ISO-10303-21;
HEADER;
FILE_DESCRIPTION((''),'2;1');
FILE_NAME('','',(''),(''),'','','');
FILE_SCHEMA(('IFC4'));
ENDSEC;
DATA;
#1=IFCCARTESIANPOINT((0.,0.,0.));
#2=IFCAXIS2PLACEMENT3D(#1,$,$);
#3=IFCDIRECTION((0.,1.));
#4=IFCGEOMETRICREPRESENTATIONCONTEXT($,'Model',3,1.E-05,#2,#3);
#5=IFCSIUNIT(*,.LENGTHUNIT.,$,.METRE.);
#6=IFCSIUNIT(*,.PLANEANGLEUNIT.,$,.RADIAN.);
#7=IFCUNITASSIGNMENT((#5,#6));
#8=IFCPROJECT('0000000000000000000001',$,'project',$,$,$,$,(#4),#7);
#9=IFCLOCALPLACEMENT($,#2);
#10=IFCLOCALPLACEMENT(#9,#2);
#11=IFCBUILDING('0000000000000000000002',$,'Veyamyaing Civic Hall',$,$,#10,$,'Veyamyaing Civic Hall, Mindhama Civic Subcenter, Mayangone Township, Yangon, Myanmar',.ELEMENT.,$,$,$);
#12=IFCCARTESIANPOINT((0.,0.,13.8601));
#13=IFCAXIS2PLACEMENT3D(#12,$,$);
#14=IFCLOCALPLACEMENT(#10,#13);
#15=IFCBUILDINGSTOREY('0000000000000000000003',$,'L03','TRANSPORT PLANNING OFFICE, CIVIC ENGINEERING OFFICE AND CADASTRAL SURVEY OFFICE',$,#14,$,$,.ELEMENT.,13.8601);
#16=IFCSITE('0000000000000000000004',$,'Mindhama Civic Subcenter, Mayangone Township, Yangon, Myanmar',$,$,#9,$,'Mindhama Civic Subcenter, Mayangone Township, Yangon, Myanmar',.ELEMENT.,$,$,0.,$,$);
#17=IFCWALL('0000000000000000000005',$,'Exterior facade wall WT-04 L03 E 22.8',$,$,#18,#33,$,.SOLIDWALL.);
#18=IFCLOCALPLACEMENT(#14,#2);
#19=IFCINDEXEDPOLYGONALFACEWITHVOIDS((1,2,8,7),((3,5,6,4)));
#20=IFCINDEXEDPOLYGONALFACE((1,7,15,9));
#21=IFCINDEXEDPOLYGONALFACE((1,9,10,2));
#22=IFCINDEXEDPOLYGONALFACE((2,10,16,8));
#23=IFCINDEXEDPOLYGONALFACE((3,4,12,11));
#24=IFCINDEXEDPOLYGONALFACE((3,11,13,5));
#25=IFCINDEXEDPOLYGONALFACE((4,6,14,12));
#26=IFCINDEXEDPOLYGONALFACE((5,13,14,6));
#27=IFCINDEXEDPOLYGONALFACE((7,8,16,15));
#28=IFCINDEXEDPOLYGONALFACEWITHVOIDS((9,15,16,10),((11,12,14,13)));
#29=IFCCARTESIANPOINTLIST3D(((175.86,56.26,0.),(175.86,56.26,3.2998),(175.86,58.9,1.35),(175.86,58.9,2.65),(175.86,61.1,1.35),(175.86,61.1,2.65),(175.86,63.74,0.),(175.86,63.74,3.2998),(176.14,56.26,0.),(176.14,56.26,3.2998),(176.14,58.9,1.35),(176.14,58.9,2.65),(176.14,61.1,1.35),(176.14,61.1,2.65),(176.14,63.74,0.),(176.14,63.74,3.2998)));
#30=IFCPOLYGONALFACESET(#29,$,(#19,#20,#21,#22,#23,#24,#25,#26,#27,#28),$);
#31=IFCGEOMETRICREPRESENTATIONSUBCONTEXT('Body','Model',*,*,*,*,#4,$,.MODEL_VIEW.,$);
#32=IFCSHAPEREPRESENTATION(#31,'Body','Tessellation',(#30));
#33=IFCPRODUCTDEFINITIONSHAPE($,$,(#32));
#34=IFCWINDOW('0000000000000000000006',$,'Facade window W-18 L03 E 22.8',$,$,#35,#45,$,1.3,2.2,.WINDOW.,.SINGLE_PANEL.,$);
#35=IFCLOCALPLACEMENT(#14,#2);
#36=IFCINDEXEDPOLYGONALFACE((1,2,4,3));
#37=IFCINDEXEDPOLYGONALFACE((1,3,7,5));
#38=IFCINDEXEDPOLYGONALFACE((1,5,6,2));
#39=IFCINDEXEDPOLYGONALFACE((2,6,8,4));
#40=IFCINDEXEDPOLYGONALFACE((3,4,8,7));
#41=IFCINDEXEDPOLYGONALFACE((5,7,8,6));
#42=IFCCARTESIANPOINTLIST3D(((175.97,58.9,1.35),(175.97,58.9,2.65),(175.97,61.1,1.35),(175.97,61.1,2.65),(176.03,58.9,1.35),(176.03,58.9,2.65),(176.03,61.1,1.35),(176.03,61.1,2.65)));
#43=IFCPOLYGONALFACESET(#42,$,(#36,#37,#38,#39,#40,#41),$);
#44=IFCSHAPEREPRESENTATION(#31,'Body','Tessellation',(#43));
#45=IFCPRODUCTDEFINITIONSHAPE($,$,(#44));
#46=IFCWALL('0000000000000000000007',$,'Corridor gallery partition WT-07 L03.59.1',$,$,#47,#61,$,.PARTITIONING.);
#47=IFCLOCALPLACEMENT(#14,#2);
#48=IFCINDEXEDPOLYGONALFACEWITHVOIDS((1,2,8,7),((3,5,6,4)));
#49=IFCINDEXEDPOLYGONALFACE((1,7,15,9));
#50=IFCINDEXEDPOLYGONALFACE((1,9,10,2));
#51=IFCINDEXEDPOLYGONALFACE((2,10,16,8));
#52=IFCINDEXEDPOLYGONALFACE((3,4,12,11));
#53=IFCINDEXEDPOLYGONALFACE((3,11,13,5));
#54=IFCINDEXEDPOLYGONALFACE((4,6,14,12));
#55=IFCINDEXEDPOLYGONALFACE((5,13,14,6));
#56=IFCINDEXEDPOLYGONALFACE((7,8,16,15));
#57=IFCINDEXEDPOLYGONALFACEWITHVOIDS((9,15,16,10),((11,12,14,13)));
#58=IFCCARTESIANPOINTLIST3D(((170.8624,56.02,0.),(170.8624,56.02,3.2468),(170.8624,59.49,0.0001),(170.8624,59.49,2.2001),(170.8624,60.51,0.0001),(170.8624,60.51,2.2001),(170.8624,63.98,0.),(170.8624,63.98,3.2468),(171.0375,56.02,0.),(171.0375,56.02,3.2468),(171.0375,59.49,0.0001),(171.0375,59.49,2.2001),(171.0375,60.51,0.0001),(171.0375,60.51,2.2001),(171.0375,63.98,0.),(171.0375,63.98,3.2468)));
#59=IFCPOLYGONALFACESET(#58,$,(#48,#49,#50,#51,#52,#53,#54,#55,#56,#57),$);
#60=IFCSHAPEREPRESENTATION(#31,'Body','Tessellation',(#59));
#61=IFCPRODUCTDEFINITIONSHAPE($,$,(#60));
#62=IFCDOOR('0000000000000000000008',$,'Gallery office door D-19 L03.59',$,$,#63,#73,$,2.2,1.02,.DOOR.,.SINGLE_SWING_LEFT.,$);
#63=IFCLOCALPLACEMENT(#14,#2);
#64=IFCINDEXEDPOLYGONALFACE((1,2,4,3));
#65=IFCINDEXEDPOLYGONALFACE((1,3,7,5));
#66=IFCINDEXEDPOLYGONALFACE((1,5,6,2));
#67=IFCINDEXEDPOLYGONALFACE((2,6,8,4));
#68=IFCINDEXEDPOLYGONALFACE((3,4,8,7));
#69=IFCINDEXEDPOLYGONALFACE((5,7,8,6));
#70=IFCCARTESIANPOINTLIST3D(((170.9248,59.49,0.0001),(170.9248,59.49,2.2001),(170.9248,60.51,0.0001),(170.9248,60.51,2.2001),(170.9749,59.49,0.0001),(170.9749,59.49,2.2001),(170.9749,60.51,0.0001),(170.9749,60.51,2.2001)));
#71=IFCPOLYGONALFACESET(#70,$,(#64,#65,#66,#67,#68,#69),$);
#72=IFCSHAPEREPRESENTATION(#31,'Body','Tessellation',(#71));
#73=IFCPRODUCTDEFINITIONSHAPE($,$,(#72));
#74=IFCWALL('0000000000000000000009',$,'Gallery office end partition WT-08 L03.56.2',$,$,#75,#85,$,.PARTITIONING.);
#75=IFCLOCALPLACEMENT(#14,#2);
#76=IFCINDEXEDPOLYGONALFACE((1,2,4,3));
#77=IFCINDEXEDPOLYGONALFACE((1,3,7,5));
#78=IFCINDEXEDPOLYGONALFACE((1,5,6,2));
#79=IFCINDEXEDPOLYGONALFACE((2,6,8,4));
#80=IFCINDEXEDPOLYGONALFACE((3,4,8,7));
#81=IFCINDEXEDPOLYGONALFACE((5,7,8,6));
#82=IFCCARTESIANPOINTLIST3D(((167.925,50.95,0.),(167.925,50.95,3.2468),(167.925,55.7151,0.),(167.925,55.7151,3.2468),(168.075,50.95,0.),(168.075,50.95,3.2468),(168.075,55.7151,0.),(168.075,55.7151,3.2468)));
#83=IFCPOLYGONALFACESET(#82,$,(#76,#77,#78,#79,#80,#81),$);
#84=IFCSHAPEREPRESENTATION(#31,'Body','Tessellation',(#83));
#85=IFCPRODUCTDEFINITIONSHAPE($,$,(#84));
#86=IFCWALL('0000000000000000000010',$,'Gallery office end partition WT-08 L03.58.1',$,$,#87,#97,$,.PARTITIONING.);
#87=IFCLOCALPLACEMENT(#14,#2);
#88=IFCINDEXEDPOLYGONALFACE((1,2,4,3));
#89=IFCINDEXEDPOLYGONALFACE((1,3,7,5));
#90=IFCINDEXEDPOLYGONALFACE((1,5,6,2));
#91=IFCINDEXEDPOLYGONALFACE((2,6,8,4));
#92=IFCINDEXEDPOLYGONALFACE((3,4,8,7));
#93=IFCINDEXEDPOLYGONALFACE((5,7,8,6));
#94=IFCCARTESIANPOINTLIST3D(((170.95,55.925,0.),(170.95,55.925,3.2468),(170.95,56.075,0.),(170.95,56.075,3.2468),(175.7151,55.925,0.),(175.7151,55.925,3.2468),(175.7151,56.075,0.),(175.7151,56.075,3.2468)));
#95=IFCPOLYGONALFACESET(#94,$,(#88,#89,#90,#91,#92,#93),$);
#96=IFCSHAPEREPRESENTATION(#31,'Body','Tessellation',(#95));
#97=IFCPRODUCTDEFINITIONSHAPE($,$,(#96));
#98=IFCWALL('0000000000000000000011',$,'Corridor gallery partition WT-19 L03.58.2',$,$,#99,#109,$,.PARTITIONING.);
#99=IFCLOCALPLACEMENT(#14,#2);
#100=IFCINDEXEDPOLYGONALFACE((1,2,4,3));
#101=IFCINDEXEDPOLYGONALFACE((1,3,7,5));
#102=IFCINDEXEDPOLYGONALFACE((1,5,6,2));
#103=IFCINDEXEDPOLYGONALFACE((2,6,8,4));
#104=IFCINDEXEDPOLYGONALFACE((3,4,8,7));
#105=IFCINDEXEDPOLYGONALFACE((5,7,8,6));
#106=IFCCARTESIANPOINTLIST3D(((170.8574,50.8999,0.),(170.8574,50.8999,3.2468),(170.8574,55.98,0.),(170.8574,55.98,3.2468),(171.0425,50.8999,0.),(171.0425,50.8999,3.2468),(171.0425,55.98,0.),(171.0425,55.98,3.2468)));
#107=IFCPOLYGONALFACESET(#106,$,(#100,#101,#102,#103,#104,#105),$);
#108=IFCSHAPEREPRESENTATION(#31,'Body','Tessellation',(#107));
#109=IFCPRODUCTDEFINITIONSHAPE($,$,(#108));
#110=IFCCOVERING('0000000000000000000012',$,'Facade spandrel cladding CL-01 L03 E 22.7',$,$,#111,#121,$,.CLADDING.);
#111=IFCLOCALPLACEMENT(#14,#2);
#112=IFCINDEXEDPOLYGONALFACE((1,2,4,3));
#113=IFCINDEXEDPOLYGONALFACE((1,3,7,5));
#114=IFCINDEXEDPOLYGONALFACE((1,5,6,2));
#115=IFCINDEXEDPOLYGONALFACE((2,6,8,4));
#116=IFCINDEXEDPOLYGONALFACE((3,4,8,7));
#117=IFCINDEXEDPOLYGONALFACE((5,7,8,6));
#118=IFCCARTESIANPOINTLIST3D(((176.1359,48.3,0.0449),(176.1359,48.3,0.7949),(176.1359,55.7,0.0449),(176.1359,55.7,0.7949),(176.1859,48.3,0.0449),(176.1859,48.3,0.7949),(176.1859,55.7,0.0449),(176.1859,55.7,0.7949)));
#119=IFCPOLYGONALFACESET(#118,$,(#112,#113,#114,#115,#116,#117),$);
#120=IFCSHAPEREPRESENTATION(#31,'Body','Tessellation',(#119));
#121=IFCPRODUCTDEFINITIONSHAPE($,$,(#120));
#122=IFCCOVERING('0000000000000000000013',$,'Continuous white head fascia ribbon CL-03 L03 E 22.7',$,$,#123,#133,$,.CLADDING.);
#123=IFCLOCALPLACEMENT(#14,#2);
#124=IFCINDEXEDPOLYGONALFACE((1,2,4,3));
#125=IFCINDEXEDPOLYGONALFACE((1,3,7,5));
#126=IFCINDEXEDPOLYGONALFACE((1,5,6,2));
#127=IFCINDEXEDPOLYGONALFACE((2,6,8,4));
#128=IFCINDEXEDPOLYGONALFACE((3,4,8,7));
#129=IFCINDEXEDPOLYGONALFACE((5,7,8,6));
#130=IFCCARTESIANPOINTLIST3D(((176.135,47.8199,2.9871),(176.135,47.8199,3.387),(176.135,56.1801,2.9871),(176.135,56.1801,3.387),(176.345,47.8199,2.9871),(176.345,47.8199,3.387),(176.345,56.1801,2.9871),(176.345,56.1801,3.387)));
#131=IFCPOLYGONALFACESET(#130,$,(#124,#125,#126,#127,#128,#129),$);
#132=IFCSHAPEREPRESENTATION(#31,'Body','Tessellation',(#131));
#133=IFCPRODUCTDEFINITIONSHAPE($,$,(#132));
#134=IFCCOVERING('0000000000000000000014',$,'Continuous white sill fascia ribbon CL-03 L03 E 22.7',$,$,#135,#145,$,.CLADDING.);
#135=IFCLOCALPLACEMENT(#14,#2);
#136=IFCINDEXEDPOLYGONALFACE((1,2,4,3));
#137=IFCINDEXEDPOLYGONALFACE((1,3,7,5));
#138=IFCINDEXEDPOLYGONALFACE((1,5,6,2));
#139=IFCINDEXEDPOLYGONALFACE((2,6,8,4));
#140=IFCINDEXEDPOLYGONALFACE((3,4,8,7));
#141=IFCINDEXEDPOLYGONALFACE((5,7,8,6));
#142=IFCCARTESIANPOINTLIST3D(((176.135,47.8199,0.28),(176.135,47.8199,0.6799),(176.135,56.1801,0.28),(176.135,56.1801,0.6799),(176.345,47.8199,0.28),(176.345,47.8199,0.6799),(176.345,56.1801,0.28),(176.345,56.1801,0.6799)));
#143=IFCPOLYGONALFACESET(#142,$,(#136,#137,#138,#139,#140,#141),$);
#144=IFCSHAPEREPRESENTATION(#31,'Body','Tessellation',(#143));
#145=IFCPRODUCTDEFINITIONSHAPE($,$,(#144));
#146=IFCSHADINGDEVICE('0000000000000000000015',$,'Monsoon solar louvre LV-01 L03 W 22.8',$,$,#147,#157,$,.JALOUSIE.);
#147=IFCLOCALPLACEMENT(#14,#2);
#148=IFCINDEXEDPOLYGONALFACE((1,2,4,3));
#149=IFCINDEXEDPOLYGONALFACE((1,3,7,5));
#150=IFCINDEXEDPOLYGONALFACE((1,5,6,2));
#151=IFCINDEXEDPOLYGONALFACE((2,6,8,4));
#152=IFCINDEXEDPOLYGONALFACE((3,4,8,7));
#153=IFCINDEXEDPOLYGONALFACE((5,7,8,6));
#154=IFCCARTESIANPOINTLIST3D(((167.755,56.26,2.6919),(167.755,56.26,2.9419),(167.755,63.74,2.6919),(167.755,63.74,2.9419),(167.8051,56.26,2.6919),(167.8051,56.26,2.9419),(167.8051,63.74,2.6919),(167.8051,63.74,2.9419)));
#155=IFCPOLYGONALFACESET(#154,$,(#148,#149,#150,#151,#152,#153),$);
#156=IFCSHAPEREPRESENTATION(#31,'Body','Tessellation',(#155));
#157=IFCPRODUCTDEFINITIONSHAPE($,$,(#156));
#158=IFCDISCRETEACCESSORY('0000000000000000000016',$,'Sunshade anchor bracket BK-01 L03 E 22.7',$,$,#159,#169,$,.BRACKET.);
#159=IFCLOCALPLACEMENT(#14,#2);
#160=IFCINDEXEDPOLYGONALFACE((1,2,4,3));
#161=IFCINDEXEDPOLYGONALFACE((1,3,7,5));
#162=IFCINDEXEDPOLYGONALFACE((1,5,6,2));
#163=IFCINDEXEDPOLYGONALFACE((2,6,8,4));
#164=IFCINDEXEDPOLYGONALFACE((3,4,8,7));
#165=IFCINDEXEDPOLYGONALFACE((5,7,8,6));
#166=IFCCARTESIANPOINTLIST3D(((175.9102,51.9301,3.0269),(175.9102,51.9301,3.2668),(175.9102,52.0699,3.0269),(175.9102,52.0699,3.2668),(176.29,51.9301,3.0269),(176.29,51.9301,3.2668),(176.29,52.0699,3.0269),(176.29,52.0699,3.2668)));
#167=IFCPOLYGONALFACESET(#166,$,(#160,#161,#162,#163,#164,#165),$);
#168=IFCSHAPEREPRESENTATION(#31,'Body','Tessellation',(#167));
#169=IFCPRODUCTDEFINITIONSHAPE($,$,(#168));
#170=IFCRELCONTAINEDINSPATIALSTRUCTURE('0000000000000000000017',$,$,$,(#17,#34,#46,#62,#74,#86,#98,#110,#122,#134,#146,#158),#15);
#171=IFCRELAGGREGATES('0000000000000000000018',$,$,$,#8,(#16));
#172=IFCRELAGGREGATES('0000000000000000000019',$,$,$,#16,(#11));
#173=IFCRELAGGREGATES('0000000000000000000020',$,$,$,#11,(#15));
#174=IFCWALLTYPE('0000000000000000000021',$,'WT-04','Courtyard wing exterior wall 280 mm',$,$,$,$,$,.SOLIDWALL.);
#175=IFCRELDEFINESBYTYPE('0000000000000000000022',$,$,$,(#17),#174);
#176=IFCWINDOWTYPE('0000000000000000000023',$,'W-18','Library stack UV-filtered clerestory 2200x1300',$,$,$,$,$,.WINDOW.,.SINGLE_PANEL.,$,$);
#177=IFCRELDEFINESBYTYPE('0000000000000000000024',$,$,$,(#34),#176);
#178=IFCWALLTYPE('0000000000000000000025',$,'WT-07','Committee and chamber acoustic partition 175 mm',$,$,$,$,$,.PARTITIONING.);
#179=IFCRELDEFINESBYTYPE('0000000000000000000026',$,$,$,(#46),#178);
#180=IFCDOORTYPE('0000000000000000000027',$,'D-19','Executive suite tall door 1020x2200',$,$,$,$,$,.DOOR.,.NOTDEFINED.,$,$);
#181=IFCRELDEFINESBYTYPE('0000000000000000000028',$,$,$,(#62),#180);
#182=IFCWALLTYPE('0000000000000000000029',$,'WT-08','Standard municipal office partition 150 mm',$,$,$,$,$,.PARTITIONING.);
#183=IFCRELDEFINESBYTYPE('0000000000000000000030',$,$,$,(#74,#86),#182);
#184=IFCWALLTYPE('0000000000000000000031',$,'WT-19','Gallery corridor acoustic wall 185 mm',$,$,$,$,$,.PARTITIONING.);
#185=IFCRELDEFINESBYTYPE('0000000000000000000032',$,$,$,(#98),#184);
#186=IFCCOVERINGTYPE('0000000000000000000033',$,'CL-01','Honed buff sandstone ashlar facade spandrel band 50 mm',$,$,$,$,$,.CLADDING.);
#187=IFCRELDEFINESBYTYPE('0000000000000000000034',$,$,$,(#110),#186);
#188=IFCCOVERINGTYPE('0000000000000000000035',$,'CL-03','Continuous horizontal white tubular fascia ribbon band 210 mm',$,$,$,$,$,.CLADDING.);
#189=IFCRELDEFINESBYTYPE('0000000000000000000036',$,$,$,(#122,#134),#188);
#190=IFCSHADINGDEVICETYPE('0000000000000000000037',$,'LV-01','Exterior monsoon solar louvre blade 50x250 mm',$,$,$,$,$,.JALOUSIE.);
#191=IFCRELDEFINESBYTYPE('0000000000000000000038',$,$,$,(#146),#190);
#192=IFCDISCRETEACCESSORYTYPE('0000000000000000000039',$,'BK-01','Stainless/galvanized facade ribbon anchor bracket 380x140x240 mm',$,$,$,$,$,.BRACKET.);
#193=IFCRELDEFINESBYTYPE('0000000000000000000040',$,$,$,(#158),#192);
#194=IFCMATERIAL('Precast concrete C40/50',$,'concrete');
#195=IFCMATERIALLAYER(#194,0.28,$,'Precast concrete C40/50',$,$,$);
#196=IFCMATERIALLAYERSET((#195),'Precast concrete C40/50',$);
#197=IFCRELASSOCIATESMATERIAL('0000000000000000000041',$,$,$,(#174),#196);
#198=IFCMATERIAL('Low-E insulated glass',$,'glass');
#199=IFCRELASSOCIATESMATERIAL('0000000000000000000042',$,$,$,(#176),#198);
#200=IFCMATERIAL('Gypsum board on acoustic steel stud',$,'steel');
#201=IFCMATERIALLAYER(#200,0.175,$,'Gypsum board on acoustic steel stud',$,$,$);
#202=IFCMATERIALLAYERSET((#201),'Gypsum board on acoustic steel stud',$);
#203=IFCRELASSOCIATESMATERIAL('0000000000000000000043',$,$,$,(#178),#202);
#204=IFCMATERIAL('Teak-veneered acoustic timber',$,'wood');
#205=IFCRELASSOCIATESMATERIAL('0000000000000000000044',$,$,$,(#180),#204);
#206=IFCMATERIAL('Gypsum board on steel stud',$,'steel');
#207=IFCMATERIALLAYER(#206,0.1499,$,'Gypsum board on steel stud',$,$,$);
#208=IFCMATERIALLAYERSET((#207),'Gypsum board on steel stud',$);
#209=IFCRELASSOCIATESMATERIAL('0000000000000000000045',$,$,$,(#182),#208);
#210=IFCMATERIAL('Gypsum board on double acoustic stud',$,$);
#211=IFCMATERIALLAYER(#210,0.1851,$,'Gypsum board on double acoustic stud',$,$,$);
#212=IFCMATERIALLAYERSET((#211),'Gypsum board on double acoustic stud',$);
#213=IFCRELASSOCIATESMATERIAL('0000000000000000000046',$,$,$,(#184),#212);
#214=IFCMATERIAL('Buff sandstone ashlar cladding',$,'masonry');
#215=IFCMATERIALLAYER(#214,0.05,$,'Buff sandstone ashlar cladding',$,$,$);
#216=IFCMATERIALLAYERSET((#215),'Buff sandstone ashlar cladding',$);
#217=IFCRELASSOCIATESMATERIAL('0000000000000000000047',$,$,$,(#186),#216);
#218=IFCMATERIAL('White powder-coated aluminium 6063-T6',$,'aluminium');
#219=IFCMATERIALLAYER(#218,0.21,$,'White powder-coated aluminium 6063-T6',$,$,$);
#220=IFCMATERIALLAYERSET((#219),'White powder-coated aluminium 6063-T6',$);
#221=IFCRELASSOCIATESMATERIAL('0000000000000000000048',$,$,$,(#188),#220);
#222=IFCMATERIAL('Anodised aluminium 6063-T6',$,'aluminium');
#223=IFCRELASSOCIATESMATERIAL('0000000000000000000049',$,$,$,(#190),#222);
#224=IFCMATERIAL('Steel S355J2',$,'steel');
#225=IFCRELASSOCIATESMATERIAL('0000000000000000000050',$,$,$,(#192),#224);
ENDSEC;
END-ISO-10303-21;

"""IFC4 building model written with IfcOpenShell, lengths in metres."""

from ifc_helpers import new_model, si_unit, direction, frame, frame_2d, origin, origin_2d, place, context, subcontext, project, spatial, rectangle, extrude, material, layer, layer_set, material_profile, profile_set, type_object, element, fill, save


model = new_model("IFC4")

# Units and contexts
model_context = context("Model", 3, precision=1e-05, world=origin(), true_north=direction((0.0, 1.0)))
body_context = subcontext(model_context, "Body", "Model", "MODEL_VIEW")
ifc_project = project(units=[si_unit("LENGTHUNIT", "METRE"), si_unit("PLANEANGLEUNIT", "RADIAN")], contexts=[model_context])

# Site, building, storey
site_placement = place(None, origin())
site = spatial("IfcSite", under=ifc_project, at=site_placement, Name="Mindhama Civic Subcenter, Mayangone Township, Yangon, Myanmar", LongName="Mindhama Civic Subcenter, Mayangone Township, Yangon, Myanmar", CompositionType="ELEMENT", RefElevation=0.0)
building_placement = place(site_placement, origin())
building = spatial("IfcBuilding", under=site, at=building_placement, Name="Veyamyaing Civic Hall", LongName="Veyamyaing Civic Hall, Mindhama Civic Subcenter, Mayangone Township, Yangon, Myanmar", CompositionType="ELEMENT")
storey_placement = place(building_placement, frame((0.0, 0.0, 13.8601)))
storey = spatial("IfcBuildingStorey", under=building, at=storey_placement, Name="L03", Description="TRANSPORT PLANNING OFFICE, CIVIC ENGINEERING OFFICE AND CADASTRAL SURVEY OFFICE", CompositionType="ELEMENT", Elevation=13.8601)

# Wall, opening, window
ifc_material_1 = material(Name="Precast concrete C40/50", Category="concrete")
ifc_layer_1 = layer(ifc_material_1, 0.28, Name="Precast concrete C40/50")
ifc_layer_set_1 = layer_set([ifc_layer_1], Name="Precast concrete C40/50")
wall_type_1 = type_object("IfcWallType", Name="WT-04", Description="Courtyard wing exterior wall 280 mm", PredefinedType="SOLIDWALL", material=ifc_layer_set_1)
ifc_material_2 = material(Name="Low-E insulated glass", Category="glass")
window_type = type_object("IfcWindowType", Name="W-18", Description="Library stack UV-filtered clerestory 2200x1300", PartitioningType="SINGLE_PANEL", PredefinedType="WINDOW", material=ifc_material_2)
wall_1_placement = place(storey_placement, frame((176.0, 56.26, 0.0), z_axis=(0.0, 0.0, 1.0), x_axis=(0.0, 1.0, 0.0)))
wall_1 = element("IfcWall", 1, at=wall_1_placement, inside=storey, type_object=wall_type_1, Name="Exterior facade wall WT-04 L03 E 22.8", PredefinedType="SOLIDWALL", context=body_context, shape_type="SweptSolid", body=[
    extrude(rectangle(XDim=7.48, YDim=0.28, at=frame_2d((3.74, 0.0))), origin(), (0.0, 0.0, 1.0), 3.2998),
])
opening_1_placement = place(wall_1_placement, frame((2.6399, 0.0, 1.3501)))
opening_1 = element("IfcOpeningElement", 2, at=opening_1_placement, cuts=wall_1, PredefinedType="OPENING", context=body_context, shape_type="SweptSolid", body=[
    extrude(rectangle(XDim=2.2, YDim=1.3, at=frame_2d((1.1001, 0.6499))), frame((0.0, 0.1499, 0.0), z_axis=(0.0, -1.0, 0.0), x_axis=(1.0, 0.0, 0.0)), (0.0, 0.0, 1.0), 0.3),
])
window_1_placement = place(opening_1_placement, origin())
window_1 = element("IfcWindow", 3, at=window_1_placement, inside=storey, type_object=window_type, Name="Facade window W-18 L03 E 22.8", OverallHeight=1.3, OverallWidth=2.2, PartitioningType="SINGLE_PANEL", PredefinedType="WINDOW", context=body_context, shape_type="SweptSolid", body=[
    extrude(rectangle(XDim=2.2, YDim=1.3, at=frame_2d((1.1001, 0.6499))), frame((0.0, 0.03, 0.0), z_axis=(0.0, -1.0, 0.0), x_axis=(1.0, 0.0, 0.0)), (0.0, 0.0, 1.0), 0.0601),
])
fill(opening_1, window_1)

# Wall, opening, door
ifc_material_3 = material(Name="Gypsum board on acoustic steel stud", Category="steel")
ifc_layer_2 = layer(ifc_material_3, 0.175, Name="Gypsum board on acoustic steel stud")
ifc_layer_set_2 = layer_set([ifc_layer_2], Name="Gypsum board on acoustic steel stud")
wall_type_2 = type_object("IfcWallType", Name="WT-07", Description="Committee and chamber acoustic partition 175 mm", PredefinedType="PARTITIONING", material=ifc_layer_set_2)
wall_2_placement = place(storey_placement, frame((170.95, 56.02, 0.0), z_axis=(0.0, 0.0, 1.0), x_axis=(0.0, 1.0, 0.0)))
wall_2 = element("IfcWall", 4, at=wall_2_placement, inside=storey, type_object=wall_type_2, Name="Corridor gallery partition WT-07 L03.59.1", PredefinedType="PARTITIONING", context=body_context, shape_type="SweptSolid", body=[
    extrude(rectangle(XDim=7.96, YDim=0.175, at=frame_2d((3.98, 0.0))), origin(), (0.0, 0.0, 1.0), 3.2468),
])
opening_2_placement = place(wall_2_placement, frame((3.47, 0.0, 0.0)))
opening_2 = element("IfcOpeningElement", 5, at=opening_2_placement, cuts=wall_2, PredefinedType="OPENING", context=body_context, shape_type="SweptSolid", body=[
    extrude(rectangle(XDim=1.02, YDim=2.2, at=frame_2d((0.51, 1.1001))), frame((0.0, 0.0974, 0.0), z_axis=(0.0, -1.0, 0.0), x_axis=(1.0, 0.0, 0.0)), (0.0, 0.0, 1.0), 0.1951),
])
ifc_material_4 = material(Name="Teak-veneered acoustic timber", Category="wood")
door_type_1 = type_object("IfcDoorType", Name="D-19", Description="Executive suite tall door 1020x2200", OperationType="NOTDEFINED", PredefinedType="DOOR", material=ifc_material_4)
door_1_placement = place(opening_2_placement, frame((1.02, 0.0, 0.0), z_axis=(0.0, 0.0, 1.0), x_axis=(-1.0, 0.0, 0.0)))
door_1 = element("IfcDoor", 6, at=door_1_placement, inside=storey, type_object=door_type_1, Name="Gallery office door D-19 L03.59", OperationType="SINGLE_SWING_LEFT", OverallHeight=2.2, OverallWidth=1.02, PredefinedType="DOOR", context=body_context, shape_type="SweptSolid", body=[
    extrude(rectangle(XDim=1.02, YDim=2.2, at=frame_2d((0.51, 1.1001))), frame((0.0, 0.0249, 0.0), z_axis=(0.0, -1.0, 0.0), x_axis=(1.0, 0.0, 0.0)), (0.0, 0.0, 1.0), 0.05),
])
fill(opening_2, door_1)

# Walls
ifc_material_5 = material(Name="Gypsum board on steel stud", Category="steel")
ifc_layer_3 = layer(ifc_material_5, 0.1499, Name="Gypsum board on steel stud")
ifc_layer_set_3 = layer_set([ifc_layer_3], Name="Gypsum board on steel stud")
wall_type_3 = type_object("IfcWallType", Name="WT-08", Description="Standard municipal office partition 150 mm", PredefinedType="PARTITIONING", material=ifc_layer_set_3)
for number, where, z_axis, x_axis, name in (
    (7, (168.0, 50.95, 0.0), (0.0, 0.0, 1.0), (0.0, 1.0, 0.0), "Gallery office end partition WT-08 L03.56.2"),
    (8, (170.95, 56.0, 0.0), (0.0, 0.0, 1.0), (1.0, 0.0, 0.0), "Gallery office end partition WT-08 L03.58.1"),
):
    element("IfcWall", number, at=place(storey_placement, frame(where, z_axis=z_axis, x_axis=x_axis)), inside=storey, type_object=wall_type_3, Name=name, PredefinedType="PARTITIONING", context=body_context, shape_type="SweptSolid", body=[
        extrude(rectangle(XDim=4.7651, YDim=0.1499, at=frame_2d((2.3826, 0.0))), origin(), (0.0, 0.0, 1.0), 3.2468),
    ])

# Shared definitions
ifc_material_6 = material(Name="Gypsum board on double acoustic stud")
ifc_layer_4 = layer(ifc_material_6, 0.1851, Name="Gypsum board on double acoustic stud")
ifc_layer_set_4 = layer_set([ifc_layer_4], Name="Gypsum board on double acoustic stud")
wall_type_4 = type_object("IfcWallType", Name="WT-19", Description="Gallery corridor acoustic wall 185 mm", PredefinedType="PARTITIONING", material=ifc_layer_set_4)

# Wall
wall_3_placement = place(storey_placement, frame((170.95, 50.8999, 0.0), z_axis=(0.0, 0.0, 1.0), x_axis=(0.0, 1.0, 0.0)))
element("IfcWall", 9, at=wall_3_placement, inside=storey, type_object=wall_type_4, Name="Corridor gallery partition WT-19 L03.58.2", PredefinedType="PARTITIONING", context=body_context, shape_type="SweptSolid", body=[
    extrude(rectangle(XDim=5.0801, YDim=0.1851, at=frame_2d((2.54, 0.0))), origin(), (0.0, 0.0, 1.0), 3.2468),
])

# Coverings
ifc_material_7 = material(Name="Buff sandstone ashlar cladding", Category="masonry")
ifc_layer_5 = layer(ifc_material_7, 0.05, Name="Buff sandstone ashlar cladding")
ifc_layer_set_5 = layer_set([ifc_layer_5], Name="Buff sandstone ashlar cladding")
covering_type_1 = type_object("IfcCoveringType", Name="CL-01", Description="Honed buff sandstone ashlar facade spandrel band 50 mm", PredefinedType="CLADDING", material=ifc_layer_set_5)
covering_placement = place(storey_placement, frame((176.1609, 52.0, 0.0449), z_axis=(0.0, 0.0, 1.0), x_axis=(0.0, 1.0, 0.0)))
element("IfcCovering", 10, at=covering_placement, inside=storey, type_object=covering_type_1, Name="Facade spandrel cladding CL-01 L03 E 22.7", PredefinedType="CLADDING", context=body_context, shape_type="SweptSolid", body=[
    extrude(rectangle(XDim=7.3999, YDim=0.05, at=origin_2d()), origin(), (0.0, 0.0, 1.0), 0.75),
])
ifc_material_8 = material(Name="White powder-coated aluminium 6063-T6", Category="aluminium")
ifc_layer_6 = layer(ifc_material_8, 0.21, Name="White powder-coated aluminium 6063-T6")
ifc_layer_set_6 = layer_set([ifc_layer_6], Name="White powder-coated aluminium 6063-T6")
covering_type_2 = type_object("IfcCoveringType", Name="CL-03", Description="Continuous horizontal white tubular fascia ribbon band 210 mm", PredefinedType="CLADDING", material=ifc_layer_set_6)
for number, where, z_axis, x_axis, name in (
    (11, (176.24, 52.0, 2.9871), (0.0, 0.0, 1.0), (0.0, 1.0, 0.0), "Continuous white head fascia ribbon CL-03 L03 E 22.7"),
    (12, (176.24, 52.0, 0.28), (0.0, 0.0, 1.0), (0.0, 1.0, 0.0), "Continuous white sill fascia ribbon CL-03 L03 E 22.7"),
):
    element("IfcCovering", number, at=place(storey_placement, frame(where, z_axis=z_axis, x_axis=x_axis)), inside=storey, type_object=covering_type_2, Name=name, PredefinedType="CLADDING", context=body_context, shape_type="SweptSolid", body=[
        extrude(rectangle(XDim=8.3601, YDim=0.21, at=origin_2d()), origin(), (0.0, 0.0, 1.0), 0.3999),
    ])

# Shading device
ifc_material_9 = material(Name="Anodised aluminium 6063-T6", Category="aluminium")
ifc_material_profile_1 = material_profile(ifc_material_9, rectangle(XDim=0.05, YDim=0.25, at=origin_2d()), Name="LOUVRE-BLADE-50X250")
ifc_profile_set_1 = profile_set([ifc_material_profile_1], Name="Anodised aluminium 6063-T6")
shading_device_type = type_object("IfcShadingDeviceType", Name="LV-01", Description="Exterior monsoon solar louvre blade 50x250 mm", PredefinedType="JALOUSIE", material=ifc_profile_set_1)
shading_device_placement = place(storey_placement, frame((167.78, 56.26, 2.8169), z_axis=(0.0, 1.0, 0.0), x_axis=(-1.0, 0.0, 0.0)))
element("IfcShadingDevice", 13, at=shading_device_placement, inside=storey, type_object=shading_device_type, Name="Monsoon solar louvre LV-01 L03 W 22.8", PredefinedType="JALOUSIE", context=body_context, shape_type="SweptSolid", body=[
    extrude(rectangle(XDim=0.05, YDim=0.25, at=origin_2d()), origin(), (0.0, 0.0, 1.0), 7.48),
])

# Discrete accessory
ifc_material_10 = material(Name="Steel S355J2", Category="steel")
discrete_accessory_type = type_object("IfcDiscreteAccessoryType", Name="BK-01", Description="Stainless/galvanized facade ribbon anchor bracket 380x140x240 mm", PredefinedType="BRACKET", material=ifc_material_10)
for number, where, z_axis, x_axis, name in (
    (14, (176.1001, 52.0, 3.0269), (0.0, 0.0, 1.0), (1.0, 0.0, 0.0), "Sunshade anchor bracket BK-01 L03 E 22.7"),
):
    element("IfcDiscreteAccessory", number, at=place(storey_placement, frame(where, z_axis=z_axis, x_axis=x_axis)), inside=storey, type_object=discrete_accessory_type, Name=name, PredefinedType="BRACKET", context=body_context, shape_type="SweptSolid", body=[
        extrude(rectangle(XDim=0.3799, YDim=0.1399, at=origin_2d()), origin(), (0.0, 0.0, 1.0), 0.24),
    ])

save(model, "model.ifc")
